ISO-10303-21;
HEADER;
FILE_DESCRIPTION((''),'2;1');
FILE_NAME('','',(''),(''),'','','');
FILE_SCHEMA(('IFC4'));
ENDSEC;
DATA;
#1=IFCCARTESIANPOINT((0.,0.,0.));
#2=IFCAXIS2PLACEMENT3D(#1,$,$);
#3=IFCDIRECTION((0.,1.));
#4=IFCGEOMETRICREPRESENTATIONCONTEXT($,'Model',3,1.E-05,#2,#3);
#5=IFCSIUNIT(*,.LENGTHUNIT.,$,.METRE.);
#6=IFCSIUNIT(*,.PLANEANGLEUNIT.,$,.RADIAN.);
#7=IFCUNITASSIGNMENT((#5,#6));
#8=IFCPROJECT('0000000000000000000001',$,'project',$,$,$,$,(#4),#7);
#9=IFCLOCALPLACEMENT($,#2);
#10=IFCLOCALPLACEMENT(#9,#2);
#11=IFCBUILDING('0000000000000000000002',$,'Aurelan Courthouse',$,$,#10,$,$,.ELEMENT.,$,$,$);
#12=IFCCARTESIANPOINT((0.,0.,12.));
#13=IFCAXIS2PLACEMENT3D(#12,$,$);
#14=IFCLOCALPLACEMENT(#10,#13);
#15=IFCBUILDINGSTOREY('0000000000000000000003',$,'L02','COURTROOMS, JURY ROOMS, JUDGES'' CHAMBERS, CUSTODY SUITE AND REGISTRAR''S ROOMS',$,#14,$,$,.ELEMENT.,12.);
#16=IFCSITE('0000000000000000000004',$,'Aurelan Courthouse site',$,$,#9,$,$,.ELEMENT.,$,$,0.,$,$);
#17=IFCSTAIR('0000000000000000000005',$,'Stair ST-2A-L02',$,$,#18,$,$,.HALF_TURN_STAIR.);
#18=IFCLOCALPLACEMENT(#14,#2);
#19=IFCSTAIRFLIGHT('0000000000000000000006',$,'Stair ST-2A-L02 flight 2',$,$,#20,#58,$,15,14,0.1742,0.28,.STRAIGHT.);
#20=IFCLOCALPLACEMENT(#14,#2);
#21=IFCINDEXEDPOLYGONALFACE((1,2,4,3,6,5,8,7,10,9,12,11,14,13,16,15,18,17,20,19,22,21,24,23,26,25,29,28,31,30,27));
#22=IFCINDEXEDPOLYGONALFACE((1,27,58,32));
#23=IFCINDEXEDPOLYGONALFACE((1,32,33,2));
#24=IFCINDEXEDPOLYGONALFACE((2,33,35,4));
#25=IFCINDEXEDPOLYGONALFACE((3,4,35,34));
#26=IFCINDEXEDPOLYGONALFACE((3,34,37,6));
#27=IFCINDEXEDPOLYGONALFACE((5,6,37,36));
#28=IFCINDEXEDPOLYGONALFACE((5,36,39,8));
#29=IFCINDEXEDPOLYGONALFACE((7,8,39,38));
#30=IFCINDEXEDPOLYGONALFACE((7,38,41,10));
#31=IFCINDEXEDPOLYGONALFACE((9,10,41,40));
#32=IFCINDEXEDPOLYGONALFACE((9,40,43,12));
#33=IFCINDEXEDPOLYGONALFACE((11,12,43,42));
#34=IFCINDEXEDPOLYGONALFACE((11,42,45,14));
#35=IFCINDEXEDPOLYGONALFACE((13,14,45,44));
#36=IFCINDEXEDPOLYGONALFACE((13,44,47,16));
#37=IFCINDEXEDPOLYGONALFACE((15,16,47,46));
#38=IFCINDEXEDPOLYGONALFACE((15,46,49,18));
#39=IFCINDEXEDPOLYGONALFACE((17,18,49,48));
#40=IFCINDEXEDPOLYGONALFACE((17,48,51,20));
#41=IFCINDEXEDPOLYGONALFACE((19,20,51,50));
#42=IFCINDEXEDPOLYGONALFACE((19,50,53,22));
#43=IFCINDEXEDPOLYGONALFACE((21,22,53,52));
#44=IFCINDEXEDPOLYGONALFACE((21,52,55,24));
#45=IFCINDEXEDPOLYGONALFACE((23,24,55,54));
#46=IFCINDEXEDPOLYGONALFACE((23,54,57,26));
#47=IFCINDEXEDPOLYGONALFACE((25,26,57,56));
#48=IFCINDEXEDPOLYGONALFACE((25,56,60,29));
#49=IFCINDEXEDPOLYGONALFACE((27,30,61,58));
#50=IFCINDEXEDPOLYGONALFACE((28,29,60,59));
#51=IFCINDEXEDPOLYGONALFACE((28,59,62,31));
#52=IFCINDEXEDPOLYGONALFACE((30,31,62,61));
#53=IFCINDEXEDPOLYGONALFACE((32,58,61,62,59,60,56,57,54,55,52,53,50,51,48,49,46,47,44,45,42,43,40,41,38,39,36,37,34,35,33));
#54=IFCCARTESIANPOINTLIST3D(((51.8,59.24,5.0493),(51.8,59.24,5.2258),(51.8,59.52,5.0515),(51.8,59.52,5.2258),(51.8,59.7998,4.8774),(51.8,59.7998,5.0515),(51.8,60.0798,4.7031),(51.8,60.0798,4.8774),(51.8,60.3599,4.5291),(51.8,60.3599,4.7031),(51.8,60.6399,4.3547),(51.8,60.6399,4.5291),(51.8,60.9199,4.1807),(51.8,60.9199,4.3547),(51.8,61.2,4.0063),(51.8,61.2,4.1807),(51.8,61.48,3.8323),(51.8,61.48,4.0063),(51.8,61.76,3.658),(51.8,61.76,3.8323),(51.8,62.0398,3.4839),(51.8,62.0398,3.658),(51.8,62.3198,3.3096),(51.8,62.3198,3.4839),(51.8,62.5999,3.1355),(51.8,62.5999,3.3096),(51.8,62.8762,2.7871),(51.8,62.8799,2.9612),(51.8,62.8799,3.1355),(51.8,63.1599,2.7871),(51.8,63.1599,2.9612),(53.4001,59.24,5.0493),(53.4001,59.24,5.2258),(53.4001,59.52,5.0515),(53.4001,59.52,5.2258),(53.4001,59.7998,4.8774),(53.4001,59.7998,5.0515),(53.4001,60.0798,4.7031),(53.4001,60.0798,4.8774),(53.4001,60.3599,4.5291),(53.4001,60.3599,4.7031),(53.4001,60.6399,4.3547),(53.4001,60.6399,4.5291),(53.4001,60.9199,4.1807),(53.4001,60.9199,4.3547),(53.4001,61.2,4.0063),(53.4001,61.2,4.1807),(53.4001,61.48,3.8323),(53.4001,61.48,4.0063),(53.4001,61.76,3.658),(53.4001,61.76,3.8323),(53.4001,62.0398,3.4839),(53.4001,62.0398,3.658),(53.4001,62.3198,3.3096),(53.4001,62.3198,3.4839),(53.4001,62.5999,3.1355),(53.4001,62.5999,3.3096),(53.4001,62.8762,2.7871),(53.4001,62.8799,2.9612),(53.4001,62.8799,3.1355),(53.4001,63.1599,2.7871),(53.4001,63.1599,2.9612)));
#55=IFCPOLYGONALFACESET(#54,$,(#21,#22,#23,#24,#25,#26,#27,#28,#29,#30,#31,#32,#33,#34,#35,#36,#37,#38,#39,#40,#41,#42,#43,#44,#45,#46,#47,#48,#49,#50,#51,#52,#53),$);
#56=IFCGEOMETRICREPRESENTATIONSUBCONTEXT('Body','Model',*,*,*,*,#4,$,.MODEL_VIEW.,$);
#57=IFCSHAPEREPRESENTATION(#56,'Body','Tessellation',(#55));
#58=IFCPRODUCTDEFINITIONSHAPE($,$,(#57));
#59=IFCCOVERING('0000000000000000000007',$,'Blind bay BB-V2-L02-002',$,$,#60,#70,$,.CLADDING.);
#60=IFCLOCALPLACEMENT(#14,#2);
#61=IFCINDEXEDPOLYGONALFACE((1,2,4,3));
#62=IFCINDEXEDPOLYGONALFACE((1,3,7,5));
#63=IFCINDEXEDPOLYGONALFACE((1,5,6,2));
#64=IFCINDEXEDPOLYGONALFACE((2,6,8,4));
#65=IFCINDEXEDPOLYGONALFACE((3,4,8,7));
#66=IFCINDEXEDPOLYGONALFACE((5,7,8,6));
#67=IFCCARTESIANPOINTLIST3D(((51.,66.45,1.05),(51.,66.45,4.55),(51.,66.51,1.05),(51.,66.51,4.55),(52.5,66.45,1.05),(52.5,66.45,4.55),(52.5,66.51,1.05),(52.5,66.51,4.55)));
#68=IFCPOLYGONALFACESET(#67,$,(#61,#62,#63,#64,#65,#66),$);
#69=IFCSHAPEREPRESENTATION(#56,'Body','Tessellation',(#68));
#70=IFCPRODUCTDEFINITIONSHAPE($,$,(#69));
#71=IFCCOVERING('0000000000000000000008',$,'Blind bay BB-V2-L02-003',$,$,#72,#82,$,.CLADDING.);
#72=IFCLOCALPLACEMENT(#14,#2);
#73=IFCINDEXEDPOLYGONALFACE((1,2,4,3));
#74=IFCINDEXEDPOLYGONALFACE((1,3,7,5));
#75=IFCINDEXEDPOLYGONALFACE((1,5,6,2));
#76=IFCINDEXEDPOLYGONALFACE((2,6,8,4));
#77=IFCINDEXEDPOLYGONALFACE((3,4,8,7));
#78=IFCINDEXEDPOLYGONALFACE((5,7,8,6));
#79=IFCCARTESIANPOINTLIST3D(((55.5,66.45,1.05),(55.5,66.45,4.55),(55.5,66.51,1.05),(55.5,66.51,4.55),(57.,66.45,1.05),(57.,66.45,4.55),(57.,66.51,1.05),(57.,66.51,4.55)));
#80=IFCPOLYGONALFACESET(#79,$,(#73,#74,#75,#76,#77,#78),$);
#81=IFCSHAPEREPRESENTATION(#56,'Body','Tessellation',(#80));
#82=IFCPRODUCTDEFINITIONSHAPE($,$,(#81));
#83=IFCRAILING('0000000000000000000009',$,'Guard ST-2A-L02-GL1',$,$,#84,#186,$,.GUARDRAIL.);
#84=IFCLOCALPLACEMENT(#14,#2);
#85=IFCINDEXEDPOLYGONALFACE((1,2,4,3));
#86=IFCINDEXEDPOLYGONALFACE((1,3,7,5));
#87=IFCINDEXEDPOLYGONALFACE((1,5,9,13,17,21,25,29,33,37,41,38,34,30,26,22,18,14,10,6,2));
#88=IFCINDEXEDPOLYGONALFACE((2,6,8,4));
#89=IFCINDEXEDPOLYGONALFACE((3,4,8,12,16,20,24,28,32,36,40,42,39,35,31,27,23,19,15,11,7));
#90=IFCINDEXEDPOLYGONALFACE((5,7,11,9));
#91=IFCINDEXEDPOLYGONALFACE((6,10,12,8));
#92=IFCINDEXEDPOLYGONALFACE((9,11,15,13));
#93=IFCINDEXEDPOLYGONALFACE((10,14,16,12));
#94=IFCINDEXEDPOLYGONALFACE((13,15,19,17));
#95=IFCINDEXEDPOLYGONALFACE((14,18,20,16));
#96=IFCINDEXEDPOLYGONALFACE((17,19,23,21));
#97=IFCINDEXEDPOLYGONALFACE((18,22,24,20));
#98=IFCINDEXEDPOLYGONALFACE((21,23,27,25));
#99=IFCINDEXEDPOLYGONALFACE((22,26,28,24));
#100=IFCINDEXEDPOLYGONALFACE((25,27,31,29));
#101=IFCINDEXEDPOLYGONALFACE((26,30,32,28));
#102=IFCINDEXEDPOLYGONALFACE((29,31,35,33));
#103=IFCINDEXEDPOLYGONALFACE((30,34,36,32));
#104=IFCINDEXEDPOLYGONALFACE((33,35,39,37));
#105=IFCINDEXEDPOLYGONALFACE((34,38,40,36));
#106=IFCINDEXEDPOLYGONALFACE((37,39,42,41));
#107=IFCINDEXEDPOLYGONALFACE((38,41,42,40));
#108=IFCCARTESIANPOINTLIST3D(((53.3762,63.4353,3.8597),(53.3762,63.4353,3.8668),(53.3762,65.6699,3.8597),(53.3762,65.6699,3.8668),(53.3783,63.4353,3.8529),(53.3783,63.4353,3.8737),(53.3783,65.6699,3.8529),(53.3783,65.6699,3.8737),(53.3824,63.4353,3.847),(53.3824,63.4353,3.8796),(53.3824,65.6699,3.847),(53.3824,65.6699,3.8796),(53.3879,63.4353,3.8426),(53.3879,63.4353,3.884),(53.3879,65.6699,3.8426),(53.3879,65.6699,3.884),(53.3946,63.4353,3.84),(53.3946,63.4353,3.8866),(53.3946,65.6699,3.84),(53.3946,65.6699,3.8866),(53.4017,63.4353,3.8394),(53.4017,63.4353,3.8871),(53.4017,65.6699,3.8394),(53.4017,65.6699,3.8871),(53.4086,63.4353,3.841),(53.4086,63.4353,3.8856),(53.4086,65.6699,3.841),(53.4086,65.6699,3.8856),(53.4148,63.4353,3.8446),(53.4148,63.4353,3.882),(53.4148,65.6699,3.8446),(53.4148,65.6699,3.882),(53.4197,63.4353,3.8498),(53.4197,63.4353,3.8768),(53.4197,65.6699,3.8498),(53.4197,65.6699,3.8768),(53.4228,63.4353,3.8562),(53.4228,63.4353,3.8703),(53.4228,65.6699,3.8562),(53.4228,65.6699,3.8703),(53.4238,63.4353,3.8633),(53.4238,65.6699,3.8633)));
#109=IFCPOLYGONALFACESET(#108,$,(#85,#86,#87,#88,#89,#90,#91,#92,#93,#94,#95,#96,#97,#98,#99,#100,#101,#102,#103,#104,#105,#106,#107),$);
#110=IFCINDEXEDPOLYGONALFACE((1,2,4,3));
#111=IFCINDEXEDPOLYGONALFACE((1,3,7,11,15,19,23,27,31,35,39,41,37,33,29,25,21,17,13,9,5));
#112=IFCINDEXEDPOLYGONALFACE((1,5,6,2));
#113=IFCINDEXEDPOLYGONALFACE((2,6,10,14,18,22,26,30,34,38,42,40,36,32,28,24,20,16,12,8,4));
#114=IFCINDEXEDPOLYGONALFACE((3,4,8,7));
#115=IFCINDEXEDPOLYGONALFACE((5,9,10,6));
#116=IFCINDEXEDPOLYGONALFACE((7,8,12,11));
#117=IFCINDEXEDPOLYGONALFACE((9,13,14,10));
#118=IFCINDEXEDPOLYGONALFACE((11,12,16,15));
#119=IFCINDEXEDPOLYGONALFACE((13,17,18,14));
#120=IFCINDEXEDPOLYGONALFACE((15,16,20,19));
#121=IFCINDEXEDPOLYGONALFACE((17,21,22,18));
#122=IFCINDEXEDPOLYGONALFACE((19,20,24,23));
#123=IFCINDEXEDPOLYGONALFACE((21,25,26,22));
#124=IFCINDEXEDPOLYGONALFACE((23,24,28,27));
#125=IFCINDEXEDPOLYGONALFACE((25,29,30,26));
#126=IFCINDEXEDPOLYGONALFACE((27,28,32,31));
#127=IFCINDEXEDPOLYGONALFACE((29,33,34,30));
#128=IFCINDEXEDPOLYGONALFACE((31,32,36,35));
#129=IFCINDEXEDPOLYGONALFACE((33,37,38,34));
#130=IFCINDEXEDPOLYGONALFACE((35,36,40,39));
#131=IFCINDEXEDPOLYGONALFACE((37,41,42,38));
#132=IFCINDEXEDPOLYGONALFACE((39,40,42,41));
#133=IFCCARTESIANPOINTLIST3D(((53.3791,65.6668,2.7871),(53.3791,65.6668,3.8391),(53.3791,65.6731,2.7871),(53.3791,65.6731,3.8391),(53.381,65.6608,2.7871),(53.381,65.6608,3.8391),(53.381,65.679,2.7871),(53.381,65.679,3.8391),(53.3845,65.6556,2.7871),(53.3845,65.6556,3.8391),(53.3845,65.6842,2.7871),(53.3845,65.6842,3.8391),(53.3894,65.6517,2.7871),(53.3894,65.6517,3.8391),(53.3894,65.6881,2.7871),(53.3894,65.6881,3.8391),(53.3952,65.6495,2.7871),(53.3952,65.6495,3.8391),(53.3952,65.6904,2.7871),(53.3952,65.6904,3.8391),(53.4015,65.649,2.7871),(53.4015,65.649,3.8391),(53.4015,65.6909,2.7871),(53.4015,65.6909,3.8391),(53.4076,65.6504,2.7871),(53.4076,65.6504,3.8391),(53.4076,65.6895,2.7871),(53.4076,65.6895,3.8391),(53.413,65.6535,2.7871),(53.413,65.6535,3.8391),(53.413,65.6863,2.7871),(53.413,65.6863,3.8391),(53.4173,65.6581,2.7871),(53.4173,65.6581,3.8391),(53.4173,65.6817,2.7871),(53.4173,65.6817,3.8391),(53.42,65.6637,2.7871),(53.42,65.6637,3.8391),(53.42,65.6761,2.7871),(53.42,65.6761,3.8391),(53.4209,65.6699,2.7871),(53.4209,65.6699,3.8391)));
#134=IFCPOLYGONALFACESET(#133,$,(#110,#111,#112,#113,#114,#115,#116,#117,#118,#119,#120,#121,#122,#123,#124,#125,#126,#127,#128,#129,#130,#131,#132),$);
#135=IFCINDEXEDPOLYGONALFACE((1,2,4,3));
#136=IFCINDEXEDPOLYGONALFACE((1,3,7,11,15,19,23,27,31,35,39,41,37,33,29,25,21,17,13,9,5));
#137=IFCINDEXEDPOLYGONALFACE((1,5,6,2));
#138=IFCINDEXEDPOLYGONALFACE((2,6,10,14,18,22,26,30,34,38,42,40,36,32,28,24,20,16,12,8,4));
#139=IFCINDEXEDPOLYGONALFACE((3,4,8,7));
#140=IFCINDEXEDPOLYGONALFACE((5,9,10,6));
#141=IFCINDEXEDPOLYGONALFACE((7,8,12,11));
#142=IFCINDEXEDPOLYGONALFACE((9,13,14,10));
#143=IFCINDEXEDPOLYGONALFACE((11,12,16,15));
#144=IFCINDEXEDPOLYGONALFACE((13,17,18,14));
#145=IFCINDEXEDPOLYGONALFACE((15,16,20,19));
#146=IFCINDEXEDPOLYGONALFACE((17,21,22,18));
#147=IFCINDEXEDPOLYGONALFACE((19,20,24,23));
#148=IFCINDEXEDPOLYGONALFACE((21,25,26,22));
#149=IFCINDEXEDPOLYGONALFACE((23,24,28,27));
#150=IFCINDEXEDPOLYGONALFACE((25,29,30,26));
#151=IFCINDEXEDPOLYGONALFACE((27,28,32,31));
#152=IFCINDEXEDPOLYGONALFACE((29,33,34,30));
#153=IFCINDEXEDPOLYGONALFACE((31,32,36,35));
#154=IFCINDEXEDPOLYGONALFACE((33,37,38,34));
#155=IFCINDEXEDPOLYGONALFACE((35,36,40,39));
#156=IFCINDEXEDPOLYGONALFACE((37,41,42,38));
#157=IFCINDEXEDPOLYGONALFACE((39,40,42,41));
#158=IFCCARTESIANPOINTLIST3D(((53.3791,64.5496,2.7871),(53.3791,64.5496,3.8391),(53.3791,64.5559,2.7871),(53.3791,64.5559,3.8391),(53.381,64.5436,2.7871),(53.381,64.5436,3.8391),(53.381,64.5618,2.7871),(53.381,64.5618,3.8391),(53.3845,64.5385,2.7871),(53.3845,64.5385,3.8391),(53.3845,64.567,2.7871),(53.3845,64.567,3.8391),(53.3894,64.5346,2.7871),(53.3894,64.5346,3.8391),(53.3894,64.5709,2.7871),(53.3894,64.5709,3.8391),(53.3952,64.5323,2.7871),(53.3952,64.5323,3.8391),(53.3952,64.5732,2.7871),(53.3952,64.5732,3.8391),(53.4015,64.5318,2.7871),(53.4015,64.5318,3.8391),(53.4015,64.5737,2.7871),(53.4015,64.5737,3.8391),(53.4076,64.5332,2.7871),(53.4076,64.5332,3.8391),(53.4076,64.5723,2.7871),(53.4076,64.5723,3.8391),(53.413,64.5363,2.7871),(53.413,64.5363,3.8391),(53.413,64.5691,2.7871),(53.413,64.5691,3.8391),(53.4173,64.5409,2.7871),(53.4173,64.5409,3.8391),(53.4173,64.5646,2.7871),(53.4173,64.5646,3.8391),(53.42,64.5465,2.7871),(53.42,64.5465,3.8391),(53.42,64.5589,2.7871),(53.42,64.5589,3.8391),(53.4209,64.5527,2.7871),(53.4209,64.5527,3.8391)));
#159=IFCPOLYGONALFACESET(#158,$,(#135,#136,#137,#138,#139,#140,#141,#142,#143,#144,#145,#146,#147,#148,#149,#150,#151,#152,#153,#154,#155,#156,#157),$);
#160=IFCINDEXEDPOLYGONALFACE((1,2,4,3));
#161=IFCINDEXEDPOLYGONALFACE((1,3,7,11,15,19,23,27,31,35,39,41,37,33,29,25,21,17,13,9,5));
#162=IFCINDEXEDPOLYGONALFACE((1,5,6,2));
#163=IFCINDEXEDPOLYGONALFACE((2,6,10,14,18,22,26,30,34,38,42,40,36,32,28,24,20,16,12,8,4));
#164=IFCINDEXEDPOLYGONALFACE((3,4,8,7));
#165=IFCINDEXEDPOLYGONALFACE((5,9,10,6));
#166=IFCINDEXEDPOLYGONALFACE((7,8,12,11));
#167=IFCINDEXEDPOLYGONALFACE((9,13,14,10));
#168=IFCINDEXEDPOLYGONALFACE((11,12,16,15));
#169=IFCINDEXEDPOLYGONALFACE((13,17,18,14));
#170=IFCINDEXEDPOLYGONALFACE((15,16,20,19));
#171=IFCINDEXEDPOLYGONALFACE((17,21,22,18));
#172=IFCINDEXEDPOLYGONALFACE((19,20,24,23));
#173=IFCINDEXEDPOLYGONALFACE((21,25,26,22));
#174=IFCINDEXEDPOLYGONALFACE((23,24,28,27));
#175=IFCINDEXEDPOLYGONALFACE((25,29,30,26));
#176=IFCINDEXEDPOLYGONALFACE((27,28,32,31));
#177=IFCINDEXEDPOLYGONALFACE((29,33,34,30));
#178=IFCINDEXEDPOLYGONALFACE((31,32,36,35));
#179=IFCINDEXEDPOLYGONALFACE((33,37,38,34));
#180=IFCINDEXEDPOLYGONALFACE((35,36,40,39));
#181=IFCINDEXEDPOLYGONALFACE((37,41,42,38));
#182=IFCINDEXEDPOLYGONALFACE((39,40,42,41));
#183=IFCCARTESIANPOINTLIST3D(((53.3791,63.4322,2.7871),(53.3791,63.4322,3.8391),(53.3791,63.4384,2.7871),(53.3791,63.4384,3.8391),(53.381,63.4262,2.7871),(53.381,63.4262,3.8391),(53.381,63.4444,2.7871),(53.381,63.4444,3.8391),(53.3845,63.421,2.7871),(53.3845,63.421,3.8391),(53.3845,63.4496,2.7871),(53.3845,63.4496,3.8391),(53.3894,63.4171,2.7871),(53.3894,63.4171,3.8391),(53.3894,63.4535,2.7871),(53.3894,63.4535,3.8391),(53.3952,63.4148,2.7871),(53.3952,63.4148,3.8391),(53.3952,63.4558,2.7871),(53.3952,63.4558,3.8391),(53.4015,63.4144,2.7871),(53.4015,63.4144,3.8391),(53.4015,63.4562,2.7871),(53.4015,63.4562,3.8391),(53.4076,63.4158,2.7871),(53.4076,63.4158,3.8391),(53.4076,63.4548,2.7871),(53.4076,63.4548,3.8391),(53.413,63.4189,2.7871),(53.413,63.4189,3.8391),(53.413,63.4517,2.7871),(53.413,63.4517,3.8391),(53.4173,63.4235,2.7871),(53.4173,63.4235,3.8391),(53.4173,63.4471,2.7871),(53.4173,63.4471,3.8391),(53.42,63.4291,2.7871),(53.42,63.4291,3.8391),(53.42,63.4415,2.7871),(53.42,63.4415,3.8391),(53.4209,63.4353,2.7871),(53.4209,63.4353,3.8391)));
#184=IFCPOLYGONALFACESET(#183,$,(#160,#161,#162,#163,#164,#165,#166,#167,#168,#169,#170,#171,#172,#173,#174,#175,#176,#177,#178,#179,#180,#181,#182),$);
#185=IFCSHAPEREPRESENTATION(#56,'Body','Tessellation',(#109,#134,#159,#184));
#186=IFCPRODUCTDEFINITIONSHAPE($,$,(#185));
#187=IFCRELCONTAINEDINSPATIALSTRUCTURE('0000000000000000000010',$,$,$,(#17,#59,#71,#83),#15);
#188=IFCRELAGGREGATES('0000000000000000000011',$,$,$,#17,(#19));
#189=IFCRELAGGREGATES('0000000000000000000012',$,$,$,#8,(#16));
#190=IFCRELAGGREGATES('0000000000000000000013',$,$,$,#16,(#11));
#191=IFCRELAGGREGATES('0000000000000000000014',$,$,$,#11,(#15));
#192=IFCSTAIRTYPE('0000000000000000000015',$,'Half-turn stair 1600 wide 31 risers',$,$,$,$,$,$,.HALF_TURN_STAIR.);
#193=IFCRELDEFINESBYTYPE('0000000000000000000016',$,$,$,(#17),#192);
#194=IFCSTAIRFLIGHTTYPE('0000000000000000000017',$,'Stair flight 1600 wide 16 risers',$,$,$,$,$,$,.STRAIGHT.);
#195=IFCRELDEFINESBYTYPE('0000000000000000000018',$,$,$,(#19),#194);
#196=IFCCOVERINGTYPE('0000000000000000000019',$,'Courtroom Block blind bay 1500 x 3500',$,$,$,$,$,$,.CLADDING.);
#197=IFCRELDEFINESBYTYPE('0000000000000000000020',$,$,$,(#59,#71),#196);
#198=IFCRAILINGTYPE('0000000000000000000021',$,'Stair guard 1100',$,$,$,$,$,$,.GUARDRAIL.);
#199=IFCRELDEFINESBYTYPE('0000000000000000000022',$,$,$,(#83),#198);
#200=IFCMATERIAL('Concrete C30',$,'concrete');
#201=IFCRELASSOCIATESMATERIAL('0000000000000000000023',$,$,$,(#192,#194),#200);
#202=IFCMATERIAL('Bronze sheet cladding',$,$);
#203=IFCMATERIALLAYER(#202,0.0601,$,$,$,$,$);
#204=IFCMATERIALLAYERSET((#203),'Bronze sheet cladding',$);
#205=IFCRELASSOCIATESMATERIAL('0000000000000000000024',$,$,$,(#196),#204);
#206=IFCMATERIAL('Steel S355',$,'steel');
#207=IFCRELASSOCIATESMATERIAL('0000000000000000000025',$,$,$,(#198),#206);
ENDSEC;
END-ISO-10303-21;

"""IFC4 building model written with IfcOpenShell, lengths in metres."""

from ifc_helpers import new_model, si_unit, direction, frame, origin, origin_2d, place, context, subcontext, project, spatial, polyline, rectangle, circle, outline, extrude, material, layer, layer_set, type_object, element, aggregate, save


model = new_model("IFC4")

# Units and contexts
model_context = context("Model", 3, precision=1e-05, world=origin(), true_north=direction((0.0, 1.0)))
body_context = subcontext(model_context, "Body", "Model", "MODEL_VIEW")
ifc_project = project(units=[si_unit("LENGTHUNIT", "METRE"), si_unit("PLANEANGLEUNIT", "RADIAN")], contexts=[model_context])

# Site, building, storey
site_placement = place(None, origin())
site = spatial("IfcSite", under=ifc_project, at=site_placement, Name="Aurelan Courthouse site", CompositionType="ELEMENT", RefElevation=0.0)
building_placement = place(site_placement, origin())
building = spatial("IfcBuilding", under=site, at=building_placement, Name="Aurelan Courthouse", CompositionType="ELEMENT")
storey_placement = place(building_placement, frame((0.0, 0.0, 12.0)))
storey = spatial("IfcBuildingStorey", under=building, at=storey_placement, Name="L02", Description="COURTROOMS, JURY ROOMS, JUDGES' CHAMBERS, CUSTODY SUITE AND REGISTRAR'S ROOMS", CompositionType="ELEMENT", Elevation=12.0)

# Shared definitions
ifc_material_1 = material(Name="Concrete C30", Category="concrete")

# Stair, stair flight
stair_type = type_object("IfcStairType", Name="Half-turn stair 1600 wide 31 risers", PredefinedType="HALF_TURN_STAIR", material=ifc_material_1)
stair_placement = place(storey_placement, origin())
stair = element("IfcStair", 1, at=stair_placement, inside=storey, type_object=stair_type, Name="Stair ST-2A-L02", PredefinedType="HALF_TURN_STAIR")
stair_flight_type = type_object("IfcStairFlightType", Name="Stair flight 1600 wide 16 risers", PredefinedType="STRAIGHT", material=ifc_material_1)
stair_flight_placement = place(storey_placement, frame((52.6001, 63.1599, 2.7871), z_axis=(0.0, 0.0, 1.0), x_axis=(0.0, -1.0, 0.0)))
stair_flight = element("IfcStairFlight", 2, at=stair_flight_placement, type_object=stair_flight_type, Name="Stair ST-2A-L02 flight 2", NumberOfRisers=15, NumberOfTreads=14, PredefinedType="STRAIGHT", RiserHeight=0.1742, TreadLength=0.28, context=body_context, shape_type="SweptSolid", body=[
    extrude(outline(polyline([(0.0, 0.0), (0.0, 0.1741), (0.28, 0.1741), (0.28, 0.3484), (0.5601, 0.3484), (0.5601, 0.5225), (0.8401, 0.5225), (0.8401, 0.6968), (1.1201, 0.6968), (1.1201, 0.8708), (1.3999, 0.8708), (1.3999, 1.0452), (1.6799, 1.0452), (1.6799, 1.2192), (1.96, 1.2192), (1.96, 1.3936), (2.24, 1.3936), (2.24, 1.5676), (2.52, 1.5676), (2.52, 1.7419), (2.8, 1.7419), (2.8, 1.916), (3.0801, 1.916), (3.0801, 2.0903), (3.3601, 2.0903), (3.3601, 2.2644), (3.6399, 2.2644), (3.6399, 2.4387), (3.9199, 2.4387), (3.9199, 2.6128), (3.9199, 2.2622), (0.2837, 0.0), (0.0, 0.0)])), frame((0.0, 0.8, 0.0), z_axis=(0.0, -1.0, 0.0), x_axis=(1.0, 0.0, 0.0)), (0.0, 0.0, 1.0), 1.6001),
])
aggregate(stair, [stair_flight])

# Coverings
ifc_material_2 = material(Name="Bronze sheet cladding")
ifc_layer_1 = layer(ifc_material_2, 0.0601)
ifc_layer_set_1 = layer_set([ifc_layer_1], Name="Bronze sheet cladding")
covering_type = type_object("IfcCoveringType", Name="Courtroom Block blind bay 1500 x 3500", PredefinedType="CLADDING", material=ifc_layer_set_1)
for number, where, z_axis, x_axis, name in (
    (3, (51.75, 66.48, 1.05), (0.0, 0.0, 1.0), (1.0, 0.0, 0.0), "Blind bay BB-V2-L02-002"),
    (4, (56.25, 66.48, 1.05), (0.0, 0.0, 1.0), (1.0, 0.0, 0.0), "Blind bay BB-V2-L02-003"),
):
    element("IfcCovering", number, at=place(storey_placement, frame(where, z_axis=z_axis, x_axis=x_axis)), inside=storey, type_object=covering_type, Name=name, PredefinedType="CLADDING", context=body_context, shape_type="SweptSolid", body=[
        extrude(rectangle(XDim=1.5, YDim=0.0601, at=origin_2d()), origin(), (0.0, 0.0, 1.0), 3.5),
    ])

# Railing
ifc_material_3 = material(Name="Steel S355", Category="steel")
railing_type_1 = type_object("IfcRailingType", Name="Stair guard 1100", PredefinedType="GUARDRAIL", material=ifc_material_3)
railing_placement = place(storey_placement, frame((53.3999, 65.6699, 2.7871)))
element("IfcRailing", 5, at=railing_placement, inside=storey, type_object=railing_type_1, Name="Guard ST-2A-L02-GL1", PredefinedType="GUARDRAIL", context=body_context, shape_type="SweptSolid", body=[
    extrude(circle(Radius=0.0239, at=origin_2d()), frame((0.0, 0.0, 1.0762), z_axis=(0.0, -1.0, 0.0), x_axis=(1.0, 0.0, 0.0)), (0.0, 0.0, 1.0), 2.2346),
    extrude(circle(Radius=0.021, at=origin_2d()), origin(), (0.0, 0.0, 1.0), 1.052),
    extrude(circle(Radius=0.021, at=origin_2d()), frame((0.0, -1.1172, 0.0)), (0.0, 0.0, 1.0), 1.052),
    extrude(circle(Radius=0.021, at=origin_2d()), frame((0.0, -2.2346, 0.0)), (0.0, 0.0, 1.0), 1.052),
])

save(model, "model.ifc")
